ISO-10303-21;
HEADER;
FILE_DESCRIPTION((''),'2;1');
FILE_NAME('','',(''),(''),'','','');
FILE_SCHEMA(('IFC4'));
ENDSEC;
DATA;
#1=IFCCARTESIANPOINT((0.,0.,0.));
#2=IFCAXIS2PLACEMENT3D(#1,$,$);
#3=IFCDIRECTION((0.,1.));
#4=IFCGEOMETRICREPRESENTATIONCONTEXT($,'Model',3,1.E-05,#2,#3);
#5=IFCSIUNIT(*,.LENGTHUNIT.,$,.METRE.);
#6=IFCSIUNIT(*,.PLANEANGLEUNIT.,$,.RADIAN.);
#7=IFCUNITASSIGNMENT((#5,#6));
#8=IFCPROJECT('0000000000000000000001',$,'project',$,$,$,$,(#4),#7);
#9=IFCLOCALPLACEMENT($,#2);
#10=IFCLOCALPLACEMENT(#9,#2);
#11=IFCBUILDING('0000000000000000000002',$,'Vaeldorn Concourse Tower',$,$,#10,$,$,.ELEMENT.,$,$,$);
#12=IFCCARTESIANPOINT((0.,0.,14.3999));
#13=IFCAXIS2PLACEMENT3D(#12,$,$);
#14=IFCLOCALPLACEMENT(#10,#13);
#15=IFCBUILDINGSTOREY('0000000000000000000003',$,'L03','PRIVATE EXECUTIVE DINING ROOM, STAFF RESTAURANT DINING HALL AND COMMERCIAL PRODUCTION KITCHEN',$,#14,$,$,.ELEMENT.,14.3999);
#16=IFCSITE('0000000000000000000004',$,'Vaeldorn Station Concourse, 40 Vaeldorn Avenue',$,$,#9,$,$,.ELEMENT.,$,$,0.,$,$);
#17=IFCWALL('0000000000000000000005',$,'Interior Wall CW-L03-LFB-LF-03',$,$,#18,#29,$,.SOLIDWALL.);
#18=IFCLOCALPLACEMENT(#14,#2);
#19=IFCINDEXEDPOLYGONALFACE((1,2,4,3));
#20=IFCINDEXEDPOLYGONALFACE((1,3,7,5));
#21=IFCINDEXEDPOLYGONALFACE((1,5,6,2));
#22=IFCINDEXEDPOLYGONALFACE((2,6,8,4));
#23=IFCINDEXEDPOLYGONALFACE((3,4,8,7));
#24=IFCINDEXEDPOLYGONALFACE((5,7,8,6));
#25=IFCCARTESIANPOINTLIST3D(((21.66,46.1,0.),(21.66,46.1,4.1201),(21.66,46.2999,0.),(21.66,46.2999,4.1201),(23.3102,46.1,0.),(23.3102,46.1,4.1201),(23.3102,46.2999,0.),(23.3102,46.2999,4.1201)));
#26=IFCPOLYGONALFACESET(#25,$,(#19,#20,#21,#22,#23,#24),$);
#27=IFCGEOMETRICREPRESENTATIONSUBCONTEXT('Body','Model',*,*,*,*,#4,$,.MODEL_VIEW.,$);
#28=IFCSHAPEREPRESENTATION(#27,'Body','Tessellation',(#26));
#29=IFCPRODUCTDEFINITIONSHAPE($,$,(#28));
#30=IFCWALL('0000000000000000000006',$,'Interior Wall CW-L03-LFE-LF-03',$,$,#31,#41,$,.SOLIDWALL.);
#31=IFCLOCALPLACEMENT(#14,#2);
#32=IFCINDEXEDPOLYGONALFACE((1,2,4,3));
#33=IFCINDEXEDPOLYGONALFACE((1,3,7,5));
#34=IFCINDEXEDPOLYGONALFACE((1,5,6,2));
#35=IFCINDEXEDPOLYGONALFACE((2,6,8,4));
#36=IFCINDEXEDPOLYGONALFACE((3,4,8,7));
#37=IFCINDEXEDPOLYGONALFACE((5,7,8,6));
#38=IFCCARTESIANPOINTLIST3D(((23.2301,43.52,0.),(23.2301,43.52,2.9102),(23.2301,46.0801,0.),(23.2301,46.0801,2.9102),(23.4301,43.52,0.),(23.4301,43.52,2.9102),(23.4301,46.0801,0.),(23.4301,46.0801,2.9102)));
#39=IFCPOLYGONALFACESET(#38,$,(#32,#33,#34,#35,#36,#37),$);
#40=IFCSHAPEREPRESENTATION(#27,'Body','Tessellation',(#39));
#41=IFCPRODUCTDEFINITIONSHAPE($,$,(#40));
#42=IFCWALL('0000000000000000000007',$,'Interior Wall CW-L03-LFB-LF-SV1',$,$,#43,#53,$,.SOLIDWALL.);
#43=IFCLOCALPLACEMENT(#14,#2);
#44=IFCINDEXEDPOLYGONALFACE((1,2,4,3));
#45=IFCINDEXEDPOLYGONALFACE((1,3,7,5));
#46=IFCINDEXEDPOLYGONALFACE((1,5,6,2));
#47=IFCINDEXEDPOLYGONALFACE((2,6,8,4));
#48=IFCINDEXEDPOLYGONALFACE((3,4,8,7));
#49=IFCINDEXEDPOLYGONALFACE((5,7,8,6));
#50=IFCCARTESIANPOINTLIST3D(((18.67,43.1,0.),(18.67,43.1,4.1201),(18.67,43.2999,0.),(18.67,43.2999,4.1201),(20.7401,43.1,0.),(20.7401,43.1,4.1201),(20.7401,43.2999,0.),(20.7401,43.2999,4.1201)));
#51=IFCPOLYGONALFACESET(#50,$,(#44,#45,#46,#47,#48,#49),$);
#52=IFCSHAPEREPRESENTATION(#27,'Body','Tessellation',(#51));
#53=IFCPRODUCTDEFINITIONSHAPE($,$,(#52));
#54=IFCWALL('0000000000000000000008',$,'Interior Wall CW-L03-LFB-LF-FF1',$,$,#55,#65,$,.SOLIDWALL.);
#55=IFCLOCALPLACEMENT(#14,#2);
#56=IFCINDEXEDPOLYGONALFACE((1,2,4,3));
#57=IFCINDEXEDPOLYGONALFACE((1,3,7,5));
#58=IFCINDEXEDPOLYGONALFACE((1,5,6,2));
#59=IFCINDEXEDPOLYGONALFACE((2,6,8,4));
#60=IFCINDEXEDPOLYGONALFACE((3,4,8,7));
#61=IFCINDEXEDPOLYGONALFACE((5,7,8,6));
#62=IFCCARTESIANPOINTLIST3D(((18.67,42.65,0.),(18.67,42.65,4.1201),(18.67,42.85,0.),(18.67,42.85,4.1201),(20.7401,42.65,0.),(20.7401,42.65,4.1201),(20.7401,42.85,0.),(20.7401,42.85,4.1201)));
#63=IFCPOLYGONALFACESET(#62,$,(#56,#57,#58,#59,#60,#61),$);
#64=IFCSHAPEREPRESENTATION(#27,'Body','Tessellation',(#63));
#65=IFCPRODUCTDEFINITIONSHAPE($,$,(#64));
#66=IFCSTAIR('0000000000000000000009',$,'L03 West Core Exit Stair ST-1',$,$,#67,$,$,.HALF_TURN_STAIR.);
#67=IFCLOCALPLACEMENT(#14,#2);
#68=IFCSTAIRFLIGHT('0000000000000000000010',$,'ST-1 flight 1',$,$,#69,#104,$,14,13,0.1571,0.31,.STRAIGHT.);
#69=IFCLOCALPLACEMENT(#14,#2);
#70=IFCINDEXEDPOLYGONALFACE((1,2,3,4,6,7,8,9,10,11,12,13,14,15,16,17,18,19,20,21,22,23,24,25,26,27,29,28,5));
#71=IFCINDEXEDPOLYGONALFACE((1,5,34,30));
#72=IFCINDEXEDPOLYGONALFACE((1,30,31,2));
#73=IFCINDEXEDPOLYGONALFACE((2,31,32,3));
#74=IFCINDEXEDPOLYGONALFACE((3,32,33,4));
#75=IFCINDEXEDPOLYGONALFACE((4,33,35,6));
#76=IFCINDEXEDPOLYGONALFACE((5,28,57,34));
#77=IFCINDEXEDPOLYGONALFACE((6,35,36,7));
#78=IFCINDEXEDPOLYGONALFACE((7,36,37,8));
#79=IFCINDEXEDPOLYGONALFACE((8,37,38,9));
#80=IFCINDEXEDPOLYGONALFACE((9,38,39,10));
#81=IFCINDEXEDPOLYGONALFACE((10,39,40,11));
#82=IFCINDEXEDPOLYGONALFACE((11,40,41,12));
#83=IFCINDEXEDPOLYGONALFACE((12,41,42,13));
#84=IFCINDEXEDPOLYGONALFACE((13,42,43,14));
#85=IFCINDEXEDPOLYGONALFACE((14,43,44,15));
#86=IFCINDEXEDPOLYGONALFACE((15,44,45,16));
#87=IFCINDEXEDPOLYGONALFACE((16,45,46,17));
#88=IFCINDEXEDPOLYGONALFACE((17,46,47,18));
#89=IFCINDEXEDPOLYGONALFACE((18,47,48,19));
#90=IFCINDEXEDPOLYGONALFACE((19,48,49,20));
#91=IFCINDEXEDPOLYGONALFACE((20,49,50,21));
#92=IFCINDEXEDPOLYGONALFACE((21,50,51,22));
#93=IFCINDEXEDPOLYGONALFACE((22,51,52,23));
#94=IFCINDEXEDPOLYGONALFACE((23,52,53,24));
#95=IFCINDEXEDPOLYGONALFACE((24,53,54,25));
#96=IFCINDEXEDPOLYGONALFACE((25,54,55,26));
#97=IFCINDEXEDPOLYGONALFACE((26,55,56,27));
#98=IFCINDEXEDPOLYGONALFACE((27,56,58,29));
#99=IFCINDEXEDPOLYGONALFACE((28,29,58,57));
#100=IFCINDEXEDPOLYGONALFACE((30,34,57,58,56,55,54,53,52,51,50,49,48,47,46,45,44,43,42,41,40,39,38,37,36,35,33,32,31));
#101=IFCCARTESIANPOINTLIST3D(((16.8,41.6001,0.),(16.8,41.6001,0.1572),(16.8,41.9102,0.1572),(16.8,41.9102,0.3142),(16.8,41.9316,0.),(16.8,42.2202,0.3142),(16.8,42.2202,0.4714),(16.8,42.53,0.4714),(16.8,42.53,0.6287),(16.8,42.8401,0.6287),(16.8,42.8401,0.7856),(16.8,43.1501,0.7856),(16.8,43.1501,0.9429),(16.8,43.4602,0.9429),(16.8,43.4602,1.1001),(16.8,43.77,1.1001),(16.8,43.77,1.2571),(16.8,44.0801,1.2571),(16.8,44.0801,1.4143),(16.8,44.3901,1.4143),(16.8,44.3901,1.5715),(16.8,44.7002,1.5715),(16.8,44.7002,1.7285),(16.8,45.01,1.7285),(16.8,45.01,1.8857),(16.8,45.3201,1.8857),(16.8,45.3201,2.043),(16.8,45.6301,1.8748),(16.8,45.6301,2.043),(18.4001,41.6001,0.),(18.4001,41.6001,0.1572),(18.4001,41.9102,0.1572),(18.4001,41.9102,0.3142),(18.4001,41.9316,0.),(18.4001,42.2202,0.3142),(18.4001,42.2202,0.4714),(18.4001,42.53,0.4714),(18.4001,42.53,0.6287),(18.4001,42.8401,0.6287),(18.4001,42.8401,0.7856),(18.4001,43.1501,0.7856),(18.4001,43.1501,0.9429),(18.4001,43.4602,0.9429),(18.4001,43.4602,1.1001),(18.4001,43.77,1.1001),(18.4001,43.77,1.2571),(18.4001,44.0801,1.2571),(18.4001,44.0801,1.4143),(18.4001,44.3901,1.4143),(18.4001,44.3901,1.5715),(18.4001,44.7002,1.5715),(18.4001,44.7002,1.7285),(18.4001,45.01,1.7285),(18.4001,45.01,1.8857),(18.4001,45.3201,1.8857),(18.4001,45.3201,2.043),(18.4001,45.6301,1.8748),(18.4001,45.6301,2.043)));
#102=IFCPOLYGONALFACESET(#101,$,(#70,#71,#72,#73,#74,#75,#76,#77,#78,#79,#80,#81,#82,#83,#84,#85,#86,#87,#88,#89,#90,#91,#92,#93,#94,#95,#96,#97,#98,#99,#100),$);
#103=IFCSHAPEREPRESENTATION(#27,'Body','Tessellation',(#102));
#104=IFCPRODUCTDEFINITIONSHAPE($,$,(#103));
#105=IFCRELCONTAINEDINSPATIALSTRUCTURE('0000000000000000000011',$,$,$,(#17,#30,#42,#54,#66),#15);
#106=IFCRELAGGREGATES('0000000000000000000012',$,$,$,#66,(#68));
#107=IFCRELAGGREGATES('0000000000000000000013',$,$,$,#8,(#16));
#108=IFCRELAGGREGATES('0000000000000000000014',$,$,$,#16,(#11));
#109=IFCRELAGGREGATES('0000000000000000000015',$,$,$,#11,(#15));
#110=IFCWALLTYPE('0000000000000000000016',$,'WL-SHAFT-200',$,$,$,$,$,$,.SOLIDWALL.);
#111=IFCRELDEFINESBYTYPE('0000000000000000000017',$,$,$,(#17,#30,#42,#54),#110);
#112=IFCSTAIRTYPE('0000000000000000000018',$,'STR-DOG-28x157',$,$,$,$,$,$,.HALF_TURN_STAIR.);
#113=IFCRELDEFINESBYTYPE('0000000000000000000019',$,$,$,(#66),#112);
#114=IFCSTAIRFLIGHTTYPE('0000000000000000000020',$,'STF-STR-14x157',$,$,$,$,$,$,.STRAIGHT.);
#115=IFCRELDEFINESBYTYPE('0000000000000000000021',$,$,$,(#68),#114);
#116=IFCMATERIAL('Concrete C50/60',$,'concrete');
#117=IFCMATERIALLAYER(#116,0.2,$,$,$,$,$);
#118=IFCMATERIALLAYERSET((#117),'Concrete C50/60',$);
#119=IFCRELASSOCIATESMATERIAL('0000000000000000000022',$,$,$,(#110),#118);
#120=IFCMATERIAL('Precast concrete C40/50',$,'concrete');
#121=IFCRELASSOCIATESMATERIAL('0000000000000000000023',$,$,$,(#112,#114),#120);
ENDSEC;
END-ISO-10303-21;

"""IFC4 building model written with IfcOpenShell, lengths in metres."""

from ifc_helpers import new_model, si_unit, direction, frame, frame_2d, origin, place, context, subcontext, project, spatial, polyline, rectangle, outline, extrude, material, layer, layer_set, type_object, element, aggregate, save


model = new_model("IFC4")

# Units and contexts
model_context = context("Model", 3, precision=1e-05, world=origin(), true_north=direction((0.0, 1.0)))
body_context = subcontext(model_context, "Body", "Model", "MODEL_VIEW")
ifc_project = project(units=[si_unit("LENGTHUNIT", "METRE"), si_unit("PLANEANGLEUNIT", "RADIAN")], contexts=[model_context])

# Site, building, storey
site_placement = place(None, origin())
site = spatial("IfcSite", under=ifc_project, at=site_placement, Name="Vaeldorn Station Concourse, 40 Vaeldorn Avenue", CompositionType="ELEMENT", RefElevation=0.0)
building_placement = place(site_placement, origin())
building = spatial("IfcBuilding", under=site, at=building_placement, Name="Vaeldorn Concourse Tower", CompositionType="ELEMENT")
storey_placement = place(building_placement, frame((0.0, 0.0, 14.3999)))
storey = spatial("IfcBuildingStorey", under=building, at=storey_placement, Name="L03", Description="PRIVATE EXECUTIVE DINING ROOM, STAFF RESTAURANT DINING HALL AND COMMERCIAL PRODUCTION KITCHEN", CompositionType="ELEMENT", Elevation=14.3999)

# Shared definitions
ifc_material_1 = material(Name="Concrete C50/60", Category="concrete")
ifc_layer_1 = layer(ifc_material_1, 0.2)
ifc_layer_set_1 = layer_set([ifc_layer_1], Name="Concrete C50/60")
wall_type = type_object("IfcWallType", Name="WL-SHAFT-200", PredefinedType="SOLIDWALL", material=ifc_layer_set_1)

# Walls
wall_1_placement = place(storey_placement, frame((21.6599, 46.2, 0.0), z_axis=(0.0, 0.0, 1.0), x_axis=(1.0, 0.0, 0.0)))
element("IfcWall", 1, at=wall_1_placement, inside=storey, type_object=wall_type, Name="Interior Wall CW-L03-LFB-LF-03", PredefinedType="SOLIDWALL", context=body_context, shape_type="SweptSolid", body=[
    extrude(rectangle(XDim=1.6501, YDim=0.2, at=frame_2d((0.8252, 0.0))), origin(), (0.0, 0.0, 1.0), 4.1201),
])
wall_2_placement = place(storey_placement, frame((23.3301, 43.52, 0.0), z_axis=(0.0, 0.0, 1.0), x_axis=(0.0, 1.0, 0.0)))
element("IfcWall", 2, at=wall_2_placement, inside=storey, type_object=wall_type, Name="Interior Wall CW-L03-LFE-LF-03", PredefinedType="SOLIDWALL", context=body_context, shape_type="SweptSolid", body=[
    extrude(rectangle(XDim=2.5601, YDim=0.2, at=frame_2d((1.28, 0.0))), origin(), (0.0, 0.0, 1.0), 2.9102),
])

# Walls
for number, where, z_axis, x_axis, name in (
    (3, (18.6699, 43.2, 0.0), (0.0, 0.0, 1.0), (1.0, 0.0, 0.0), "Interior Wall CW-L03-LFB-LF-SV1"),
    (4, (18.6699, 42.75, 0.0), (0.0, 0.0, 1.0), (1.0, 0.0, 0.0), "Interior Wall CW-L03-LFB-LF-FF1"),
):
    element("IfcWall", number, at=place(storey_placement, frame(where, z_axis=z_axis, x_axis=x_axis)), inside=storey, type_object=wall_type, Name=name, PredefinedType="SOLIDWALL", context=body_context, shape_type="SweptSolid", body=[
        extrude(rectangle(XDim=2.0701, YDim=0.2, at=frame_2d((1.0352, 0.0))), origin(), (0.0, 0.0, 1.0), 4.1201),
    ])

# Stair, stair flight
ifc_material_2 = material(Name="Precast concrete C40/50", Category="concrete")
stair_type = type_object("IfcStairType", Name="STR-DOG-28x157", PredefinedType="HALF_TURN_STAIR", material=ifc_material_2)
stair_placement = place(storey_placement, origin())
stair = element("IfcStair", 5, at=stair_placement, inside=storey, type_object=stair_type, Name="L03 West Core Exit Stair ST-1", PredefinedType="HALF_TURN_STAIR")
stair_flight_type = type_object("IfcStairFlightType", Name="STF-STR-14x157", PredefinedType="STRAIGHT", material=ifc_material_2)
stair_flight_placement = place(storey_placement, frame((17.6001, 41.6001, 0.0), z_axis=(0.0, 0.0, 1.0), x_axis=(0.0, 1.0, 0.0)))
stair_flight = element("IfcStairFlight", 6, at=stair_flight_placement, type_object=stair_flight_type, Name="ST-1 flight 1", NumberOfRisers=14, NumberOfTreads=13, PredefinedType="STRAIGHT", RiserHeight=0.1571, TreadLength=0.31, context=body_context, shape_type="SweptSolid", body=[
    extrude(outline(polyline([(0.0, 0.0), (0.0, 0.1572), (0.3101, 0.1572), (0.3101, 0.3142), (0.6201, 0.3142), (0.6201, 0.4714), (0.9299, 0.4714), (0.9299, 0.6287), (1.24, 0.6287), (1.24, 0.7856), (1.55, 0.7856), (1.55, 0.9429), (1.8601, 0.9429), (1.8601, 1.1001), (2.1699, 1.1001), (2.1699, 1.2571), (2.48, 1.2571), (2.48, 1.4143), (2.79, 1.4143), (2.79, 1.5715), (3.1001, 1.5715), (3.1001, 1.7285), (3.4099, 1.7285), (3.4099, 1.8857), (3.72, 1.8857), (3.72, 2.043), (4.03, 2.043), (4.03, 2.2), (4.03, 1.8748), (0.3315, 0.0), (0.0, 0.0)])), frame((0.0, 0.8, 0.0), z_axis=(0.0, -1.0, 0.0), x_axis=(1.0, 0.0, 0.0)), (0.0, 0.0, 1.0), 1.6001),
])
aggregate(stair, [stair_flight])

save(model, "model.ifc")
